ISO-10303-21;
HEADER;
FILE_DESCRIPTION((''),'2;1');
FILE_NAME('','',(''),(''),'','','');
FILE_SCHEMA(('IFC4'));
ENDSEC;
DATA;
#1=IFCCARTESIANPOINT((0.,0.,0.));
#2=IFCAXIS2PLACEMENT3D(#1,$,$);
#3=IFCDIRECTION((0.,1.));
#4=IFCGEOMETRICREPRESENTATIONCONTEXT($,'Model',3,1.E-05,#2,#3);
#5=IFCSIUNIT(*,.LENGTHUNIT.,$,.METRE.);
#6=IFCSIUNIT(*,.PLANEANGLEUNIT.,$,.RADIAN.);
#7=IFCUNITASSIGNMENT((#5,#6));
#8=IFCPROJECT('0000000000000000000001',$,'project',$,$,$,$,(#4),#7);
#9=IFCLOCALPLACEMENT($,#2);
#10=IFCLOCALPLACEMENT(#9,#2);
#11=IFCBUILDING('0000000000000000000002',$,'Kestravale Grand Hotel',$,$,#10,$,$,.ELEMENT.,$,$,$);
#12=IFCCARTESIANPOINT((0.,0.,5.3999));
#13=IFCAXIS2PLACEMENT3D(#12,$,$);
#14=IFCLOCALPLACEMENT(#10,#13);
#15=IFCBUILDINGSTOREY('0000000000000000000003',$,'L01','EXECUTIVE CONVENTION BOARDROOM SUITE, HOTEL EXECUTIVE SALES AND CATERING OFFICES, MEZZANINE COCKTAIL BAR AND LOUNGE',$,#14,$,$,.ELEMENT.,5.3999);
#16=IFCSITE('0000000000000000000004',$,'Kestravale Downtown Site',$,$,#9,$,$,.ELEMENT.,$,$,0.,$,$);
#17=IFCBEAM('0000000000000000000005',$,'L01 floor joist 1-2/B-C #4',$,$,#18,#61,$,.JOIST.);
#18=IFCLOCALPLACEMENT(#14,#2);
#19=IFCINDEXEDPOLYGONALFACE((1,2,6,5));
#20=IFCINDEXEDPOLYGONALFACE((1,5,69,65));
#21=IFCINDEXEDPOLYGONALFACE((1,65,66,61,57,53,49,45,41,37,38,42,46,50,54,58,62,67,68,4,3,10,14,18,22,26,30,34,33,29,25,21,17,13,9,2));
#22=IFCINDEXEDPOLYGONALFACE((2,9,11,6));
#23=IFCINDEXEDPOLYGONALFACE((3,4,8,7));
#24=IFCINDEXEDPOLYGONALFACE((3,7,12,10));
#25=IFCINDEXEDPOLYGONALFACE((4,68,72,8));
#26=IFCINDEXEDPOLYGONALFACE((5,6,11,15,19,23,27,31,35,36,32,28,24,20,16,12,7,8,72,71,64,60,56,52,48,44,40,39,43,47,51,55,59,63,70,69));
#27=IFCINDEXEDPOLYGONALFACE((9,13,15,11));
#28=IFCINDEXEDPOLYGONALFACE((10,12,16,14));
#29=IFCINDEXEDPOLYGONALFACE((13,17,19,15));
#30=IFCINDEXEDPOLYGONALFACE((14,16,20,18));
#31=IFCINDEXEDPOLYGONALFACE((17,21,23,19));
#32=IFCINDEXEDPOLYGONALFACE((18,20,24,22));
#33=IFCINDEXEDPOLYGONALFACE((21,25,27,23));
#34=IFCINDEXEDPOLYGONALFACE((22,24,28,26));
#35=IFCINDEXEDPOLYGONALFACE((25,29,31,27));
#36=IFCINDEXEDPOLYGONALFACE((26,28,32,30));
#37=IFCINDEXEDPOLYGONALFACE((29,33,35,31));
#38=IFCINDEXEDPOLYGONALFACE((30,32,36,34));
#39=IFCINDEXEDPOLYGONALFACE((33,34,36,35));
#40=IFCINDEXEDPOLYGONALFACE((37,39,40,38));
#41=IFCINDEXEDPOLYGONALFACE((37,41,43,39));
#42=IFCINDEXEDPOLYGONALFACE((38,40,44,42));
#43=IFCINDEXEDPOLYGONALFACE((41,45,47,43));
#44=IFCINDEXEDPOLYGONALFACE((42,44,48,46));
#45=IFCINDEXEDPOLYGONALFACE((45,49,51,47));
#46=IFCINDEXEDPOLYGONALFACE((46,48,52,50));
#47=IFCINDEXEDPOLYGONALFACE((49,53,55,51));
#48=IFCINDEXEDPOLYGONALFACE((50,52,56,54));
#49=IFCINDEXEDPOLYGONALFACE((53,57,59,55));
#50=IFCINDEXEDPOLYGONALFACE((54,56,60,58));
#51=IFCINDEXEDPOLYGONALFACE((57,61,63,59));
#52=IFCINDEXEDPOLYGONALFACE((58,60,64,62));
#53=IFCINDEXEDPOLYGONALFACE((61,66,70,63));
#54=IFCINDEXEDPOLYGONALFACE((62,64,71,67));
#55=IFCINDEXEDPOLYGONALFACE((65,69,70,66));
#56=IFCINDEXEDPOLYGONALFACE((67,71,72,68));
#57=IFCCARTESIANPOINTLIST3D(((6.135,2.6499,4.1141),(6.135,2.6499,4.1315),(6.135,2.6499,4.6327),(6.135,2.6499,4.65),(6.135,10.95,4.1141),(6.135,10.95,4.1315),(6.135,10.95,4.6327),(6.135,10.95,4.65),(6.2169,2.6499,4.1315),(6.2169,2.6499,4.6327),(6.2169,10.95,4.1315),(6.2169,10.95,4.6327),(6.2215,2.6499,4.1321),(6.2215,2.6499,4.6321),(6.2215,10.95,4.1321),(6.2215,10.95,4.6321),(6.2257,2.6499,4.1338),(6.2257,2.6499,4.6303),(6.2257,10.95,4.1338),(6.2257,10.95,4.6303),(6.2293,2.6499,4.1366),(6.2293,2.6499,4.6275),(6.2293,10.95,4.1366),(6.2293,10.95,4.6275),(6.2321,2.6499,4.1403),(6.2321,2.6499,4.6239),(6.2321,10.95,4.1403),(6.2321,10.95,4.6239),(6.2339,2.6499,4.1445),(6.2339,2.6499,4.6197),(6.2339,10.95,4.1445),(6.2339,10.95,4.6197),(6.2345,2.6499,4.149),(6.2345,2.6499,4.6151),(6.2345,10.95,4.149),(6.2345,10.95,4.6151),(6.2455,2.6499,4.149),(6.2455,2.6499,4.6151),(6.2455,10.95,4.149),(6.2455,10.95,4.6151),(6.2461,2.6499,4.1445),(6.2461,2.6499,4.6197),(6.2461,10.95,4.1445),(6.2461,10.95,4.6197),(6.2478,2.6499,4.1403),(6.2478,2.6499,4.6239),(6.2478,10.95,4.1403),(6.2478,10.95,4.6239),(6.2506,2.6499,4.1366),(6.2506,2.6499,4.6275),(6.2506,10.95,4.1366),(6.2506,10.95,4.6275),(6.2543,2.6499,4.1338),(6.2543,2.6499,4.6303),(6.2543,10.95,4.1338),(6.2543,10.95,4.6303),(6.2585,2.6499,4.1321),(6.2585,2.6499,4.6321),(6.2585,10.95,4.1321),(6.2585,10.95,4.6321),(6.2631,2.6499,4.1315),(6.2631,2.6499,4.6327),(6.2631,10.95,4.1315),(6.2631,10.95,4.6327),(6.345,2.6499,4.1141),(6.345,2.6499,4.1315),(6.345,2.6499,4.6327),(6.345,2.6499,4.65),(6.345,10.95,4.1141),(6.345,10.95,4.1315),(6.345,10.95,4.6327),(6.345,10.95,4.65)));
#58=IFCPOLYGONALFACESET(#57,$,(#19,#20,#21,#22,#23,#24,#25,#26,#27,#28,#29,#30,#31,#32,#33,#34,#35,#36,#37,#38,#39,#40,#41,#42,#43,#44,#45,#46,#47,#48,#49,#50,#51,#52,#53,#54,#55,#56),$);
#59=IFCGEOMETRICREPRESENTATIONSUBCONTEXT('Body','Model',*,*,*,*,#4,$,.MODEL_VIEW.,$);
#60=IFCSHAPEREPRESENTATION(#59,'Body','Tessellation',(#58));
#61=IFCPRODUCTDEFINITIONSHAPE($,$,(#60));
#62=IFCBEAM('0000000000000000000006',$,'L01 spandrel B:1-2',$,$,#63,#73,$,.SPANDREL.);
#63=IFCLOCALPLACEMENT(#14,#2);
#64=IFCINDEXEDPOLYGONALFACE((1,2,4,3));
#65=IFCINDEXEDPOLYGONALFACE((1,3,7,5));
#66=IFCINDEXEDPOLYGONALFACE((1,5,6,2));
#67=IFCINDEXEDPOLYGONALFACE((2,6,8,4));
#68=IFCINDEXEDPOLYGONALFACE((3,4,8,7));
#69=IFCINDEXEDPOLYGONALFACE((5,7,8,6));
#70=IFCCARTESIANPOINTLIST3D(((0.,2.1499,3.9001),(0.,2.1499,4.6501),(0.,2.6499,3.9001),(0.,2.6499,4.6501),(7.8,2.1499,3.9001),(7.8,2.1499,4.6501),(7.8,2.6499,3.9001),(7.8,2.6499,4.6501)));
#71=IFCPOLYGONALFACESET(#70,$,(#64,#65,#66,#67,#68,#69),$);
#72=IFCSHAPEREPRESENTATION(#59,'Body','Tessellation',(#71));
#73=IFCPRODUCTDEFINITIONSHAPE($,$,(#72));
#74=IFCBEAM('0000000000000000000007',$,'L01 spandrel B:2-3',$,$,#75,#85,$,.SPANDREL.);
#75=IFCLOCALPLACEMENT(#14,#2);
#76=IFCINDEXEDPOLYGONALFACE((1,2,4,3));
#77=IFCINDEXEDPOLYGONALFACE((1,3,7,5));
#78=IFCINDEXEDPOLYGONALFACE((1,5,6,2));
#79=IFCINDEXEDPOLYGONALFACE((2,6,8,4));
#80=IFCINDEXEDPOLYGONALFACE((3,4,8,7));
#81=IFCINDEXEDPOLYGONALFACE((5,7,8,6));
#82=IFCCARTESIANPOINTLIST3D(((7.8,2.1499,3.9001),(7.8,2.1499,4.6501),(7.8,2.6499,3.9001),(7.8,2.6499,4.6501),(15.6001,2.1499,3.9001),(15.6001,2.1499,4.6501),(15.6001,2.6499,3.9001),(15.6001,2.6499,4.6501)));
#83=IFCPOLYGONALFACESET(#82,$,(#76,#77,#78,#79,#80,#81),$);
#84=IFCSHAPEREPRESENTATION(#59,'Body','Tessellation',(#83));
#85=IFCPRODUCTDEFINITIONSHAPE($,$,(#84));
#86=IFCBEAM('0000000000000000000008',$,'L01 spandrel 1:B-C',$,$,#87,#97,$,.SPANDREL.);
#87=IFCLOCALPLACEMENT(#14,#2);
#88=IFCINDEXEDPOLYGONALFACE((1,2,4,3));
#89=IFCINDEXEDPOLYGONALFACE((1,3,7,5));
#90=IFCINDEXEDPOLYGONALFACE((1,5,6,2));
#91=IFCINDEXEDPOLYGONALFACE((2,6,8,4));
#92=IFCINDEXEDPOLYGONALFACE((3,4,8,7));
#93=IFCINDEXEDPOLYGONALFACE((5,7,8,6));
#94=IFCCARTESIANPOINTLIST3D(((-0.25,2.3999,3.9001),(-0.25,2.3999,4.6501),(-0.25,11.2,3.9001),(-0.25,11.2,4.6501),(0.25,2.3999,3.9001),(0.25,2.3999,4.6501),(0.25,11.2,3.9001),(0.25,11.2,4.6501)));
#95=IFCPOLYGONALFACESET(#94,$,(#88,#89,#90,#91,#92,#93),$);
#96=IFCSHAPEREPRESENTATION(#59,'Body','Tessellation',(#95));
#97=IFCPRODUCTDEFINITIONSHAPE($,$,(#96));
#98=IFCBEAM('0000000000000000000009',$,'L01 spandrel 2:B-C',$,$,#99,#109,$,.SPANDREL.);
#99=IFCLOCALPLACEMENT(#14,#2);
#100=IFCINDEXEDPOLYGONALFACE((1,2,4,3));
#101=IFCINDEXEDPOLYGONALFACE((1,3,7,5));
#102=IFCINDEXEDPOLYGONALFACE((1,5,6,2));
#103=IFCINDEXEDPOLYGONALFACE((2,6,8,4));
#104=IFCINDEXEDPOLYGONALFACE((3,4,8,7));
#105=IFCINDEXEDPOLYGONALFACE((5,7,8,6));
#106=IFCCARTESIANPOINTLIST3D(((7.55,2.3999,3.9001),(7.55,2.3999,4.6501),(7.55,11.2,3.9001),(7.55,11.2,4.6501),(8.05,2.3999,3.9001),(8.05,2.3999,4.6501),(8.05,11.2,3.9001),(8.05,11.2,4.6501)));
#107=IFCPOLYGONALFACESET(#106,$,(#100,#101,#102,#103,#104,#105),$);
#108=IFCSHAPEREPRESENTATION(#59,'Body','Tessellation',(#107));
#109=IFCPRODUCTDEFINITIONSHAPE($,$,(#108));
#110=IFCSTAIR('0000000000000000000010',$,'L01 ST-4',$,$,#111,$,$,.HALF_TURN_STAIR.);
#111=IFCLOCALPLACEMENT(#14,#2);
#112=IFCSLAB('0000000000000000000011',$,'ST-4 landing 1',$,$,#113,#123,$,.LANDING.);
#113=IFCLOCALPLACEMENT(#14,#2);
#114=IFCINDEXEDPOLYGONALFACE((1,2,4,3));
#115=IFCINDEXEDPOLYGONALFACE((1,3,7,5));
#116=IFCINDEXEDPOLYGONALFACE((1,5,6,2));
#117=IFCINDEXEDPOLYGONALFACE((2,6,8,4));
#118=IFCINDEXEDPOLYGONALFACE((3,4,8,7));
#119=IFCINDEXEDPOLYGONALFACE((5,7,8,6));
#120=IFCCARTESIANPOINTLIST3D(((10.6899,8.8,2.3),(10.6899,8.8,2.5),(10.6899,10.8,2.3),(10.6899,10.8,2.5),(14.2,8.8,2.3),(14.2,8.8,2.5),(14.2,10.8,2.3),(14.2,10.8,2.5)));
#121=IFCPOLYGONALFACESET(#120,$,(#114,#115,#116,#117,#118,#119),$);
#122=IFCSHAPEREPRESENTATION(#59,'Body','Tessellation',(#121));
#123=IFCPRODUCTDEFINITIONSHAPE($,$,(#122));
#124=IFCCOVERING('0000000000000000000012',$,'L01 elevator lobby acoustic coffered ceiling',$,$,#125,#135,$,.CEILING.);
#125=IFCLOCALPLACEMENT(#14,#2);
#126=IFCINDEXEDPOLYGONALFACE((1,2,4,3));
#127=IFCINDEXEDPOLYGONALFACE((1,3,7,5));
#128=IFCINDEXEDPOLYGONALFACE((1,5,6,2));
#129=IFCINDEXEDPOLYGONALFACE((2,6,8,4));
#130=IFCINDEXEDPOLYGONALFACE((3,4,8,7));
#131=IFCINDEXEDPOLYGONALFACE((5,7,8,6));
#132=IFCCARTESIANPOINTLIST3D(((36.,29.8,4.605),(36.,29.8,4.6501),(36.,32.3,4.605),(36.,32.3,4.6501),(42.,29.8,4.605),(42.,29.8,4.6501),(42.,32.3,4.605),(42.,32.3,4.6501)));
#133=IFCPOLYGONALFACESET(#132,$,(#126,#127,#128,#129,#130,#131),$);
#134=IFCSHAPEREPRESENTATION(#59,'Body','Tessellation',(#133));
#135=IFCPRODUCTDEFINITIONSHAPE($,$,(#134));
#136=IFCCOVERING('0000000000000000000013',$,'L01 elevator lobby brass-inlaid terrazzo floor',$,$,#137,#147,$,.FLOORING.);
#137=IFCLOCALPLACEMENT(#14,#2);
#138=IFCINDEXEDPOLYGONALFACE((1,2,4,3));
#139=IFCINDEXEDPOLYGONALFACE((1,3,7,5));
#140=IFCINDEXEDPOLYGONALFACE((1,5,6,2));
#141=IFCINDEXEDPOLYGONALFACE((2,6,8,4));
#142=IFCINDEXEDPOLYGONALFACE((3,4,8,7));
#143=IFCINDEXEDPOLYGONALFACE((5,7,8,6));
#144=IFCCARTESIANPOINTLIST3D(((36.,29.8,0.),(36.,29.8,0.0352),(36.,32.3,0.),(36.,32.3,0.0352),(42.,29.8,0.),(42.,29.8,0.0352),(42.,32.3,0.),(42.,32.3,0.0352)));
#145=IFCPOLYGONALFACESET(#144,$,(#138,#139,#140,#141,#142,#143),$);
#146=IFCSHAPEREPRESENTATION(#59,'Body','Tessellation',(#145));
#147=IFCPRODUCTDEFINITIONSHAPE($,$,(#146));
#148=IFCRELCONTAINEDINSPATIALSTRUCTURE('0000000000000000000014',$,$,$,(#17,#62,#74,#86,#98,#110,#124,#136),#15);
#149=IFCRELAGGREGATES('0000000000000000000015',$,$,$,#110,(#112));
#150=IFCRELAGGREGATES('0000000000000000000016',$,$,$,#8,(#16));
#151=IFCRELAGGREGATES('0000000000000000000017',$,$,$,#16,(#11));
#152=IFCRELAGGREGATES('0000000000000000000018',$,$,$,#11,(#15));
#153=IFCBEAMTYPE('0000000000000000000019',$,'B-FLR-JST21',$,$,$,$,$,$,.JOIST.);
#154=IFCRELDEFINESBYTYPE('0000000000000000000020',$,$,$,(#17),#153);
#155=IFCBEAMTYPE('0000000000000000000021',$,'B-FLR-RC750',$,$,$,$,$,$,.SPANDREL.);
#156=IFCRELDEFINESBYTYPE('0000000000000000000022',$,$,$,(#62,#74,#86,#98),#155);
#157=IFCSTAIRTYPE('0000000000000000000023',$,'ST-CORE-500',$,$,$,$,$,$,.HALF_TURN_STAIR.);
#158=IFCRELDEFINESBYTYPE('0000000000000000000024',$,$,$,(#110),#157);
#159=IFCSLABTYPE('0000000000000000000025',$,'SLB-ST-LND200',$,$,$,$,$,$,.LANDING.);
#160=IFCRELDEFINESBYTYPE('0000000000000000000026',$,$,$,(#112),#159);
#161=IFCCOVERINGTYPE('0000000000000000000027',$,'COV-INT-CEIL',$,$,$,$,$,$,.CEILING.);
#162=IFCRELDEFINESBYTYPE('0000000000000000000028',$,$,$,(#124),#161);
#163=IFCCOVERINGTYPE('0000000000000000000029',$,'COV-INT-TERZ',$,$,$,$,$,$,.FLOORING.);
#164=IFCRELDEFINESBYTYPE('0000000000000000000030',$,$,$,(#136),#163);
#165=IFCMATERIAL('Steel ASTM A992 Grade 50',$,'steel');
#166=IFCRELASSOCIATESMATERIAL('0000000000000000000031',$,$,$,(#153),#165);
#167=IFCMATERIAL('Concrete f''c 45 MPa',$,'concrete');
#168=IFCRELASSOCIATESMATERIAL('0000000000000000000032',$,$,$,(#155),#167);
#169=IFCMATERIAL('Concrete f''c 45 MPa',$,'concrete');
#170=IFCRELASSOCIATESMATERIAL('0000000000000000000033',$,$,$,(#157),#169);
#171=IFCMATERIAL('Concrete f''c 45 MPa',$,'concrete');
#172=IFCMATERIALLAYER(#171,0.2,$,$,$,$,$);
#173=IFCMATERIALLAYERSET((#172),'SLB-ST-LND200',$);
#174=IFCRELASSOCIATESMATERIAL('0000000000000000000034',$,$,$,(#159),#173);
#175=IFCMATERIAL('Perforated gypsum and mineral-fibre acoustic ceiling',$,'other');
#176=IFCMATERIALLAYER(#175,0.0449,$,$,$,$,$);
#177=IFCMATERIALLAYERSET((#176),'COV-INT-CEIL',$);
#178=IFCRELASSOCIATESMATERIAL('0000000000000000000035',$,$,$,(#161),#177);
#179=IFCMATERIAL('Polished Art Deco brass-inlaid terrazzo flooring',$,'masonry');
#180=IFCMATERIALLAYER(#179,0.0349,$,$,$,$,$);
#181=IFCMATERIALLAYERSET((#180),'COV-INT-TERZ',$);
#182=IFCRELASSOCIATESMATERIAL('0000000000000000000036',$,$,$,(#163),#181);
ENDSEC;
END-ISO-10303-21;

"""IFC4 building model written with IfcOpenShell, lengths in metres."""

from ifc_helpers import new_model, si_unit, direction, frame, origin, origin_2d, place, context, subcontext, project, spatial, polyline, rectangle, i_section, outline, extrude, material, layer, layer_set, material_profile, profile_set, type_object, element, aggregate, save


model = new_model("IFC4")

# Units and contexts
model_context = context("Model", 3, precision=1e-05, world=origin(), true_north=direction((0.0, 1.0)))
body_context = subcontext(model_context, "Body", "Model", "MODEL_VIEW")
ifc_project = project(units=[si_unit("LENGTHUNIT", "METRE"), si_unit("PLANEANGLEUNIT", "RADIAN")], contexts=[model_context])

# Site, building, storey
site_placement = place(None, origin())
site = spatial("IfcSite", under=ifc_project, at=site_placement, Name="Kestravale Downtown Site", CompositionType="ELEMENT", RefElevation=0.0)
building_placement = place(site_placement, origin())
building = spatial("IfcBuilding", under=site, at=building_placement, Name="Kestravale Grand Hotel", CompositionType="ELEMENT")
storey_placement = place(building_placement, frame((0.0, 0.0, 5.3999)))
storey = spatial("IfcBuildingStorey", under=building, at=storey_placement, Name="L01", Description="EXECUTIVE CONVENTION BOARDROOM SUITE, HOTEL EXECUTIVE SALES AND CATERING OFFICES, MEZZANINE COCKTAIL BAR AND LOUNGE", CompositionType="ELEMENT", Elevation=5.3999)

# Beams
ifc_material_1 = material(Name="Steel ASTM A992 Grade 50", Category="steel")
ifc_material_profile_1 = material_profile(ifc_material_1, i_section(OverallWidth=0.21, OverallDepth=0.5359, WebThickness=0.011, FlangeThickness=0.0173, FilletRadius=0.0176, at=origin_2d()))
ifc_profile_set_1 = profile_set([ifc_material_profile_1], Name="Steel ASTM A992 Grade 50")
beam_type_1 = type_object("IfcBeamType", Name="B-FLR-JST21", PredefinedType="JOIST", material=ifc_profile_set_1)
for number, where, z_axis, x_axis, name in (
    (1, (6.24, 2.6499, 4.3821), (0.0, 1.0, 0.0), (-1.0, 0.0, 0.0), "L01 floor joist 1-2/B-C #4"),
):
    element("IfcBeam", number, at=place(storey_placement, frame(where, z_axis=z_axis, x_axis=x_axis)), inside=storey, type_object=beam_type_1, Name=name, PredefinedType="JOIST", context=body_context, shape_type="SweptSolid", body=[
        extrude(i_section(OverallWidth=0.21, OverallDepth=0.5359, WebThickness=0.011, FlangeThickness=0.0173, FilletRadius=0.0176, at=origin_2d()), origin(), (0.0, 0.0, 1.0), 8.3),
    ])
ifc_material_2 = material(Name="Concrete f'c 45 MPa", Category="concrete")
ifc_material_profile_2 = material_profile(ifc_material_2, rectangle(XDim=0.5, YDim=0.75, at=origin_2d()))
ifc_profile_set_2 = profile_set([ifc_material_profile_2], Name="Concrete f'c 45 MPa")
beam_type_2 = type_object("IfcBeamType", Name="B-FLR-RC750", PredefinedType="SPANDREL", material=ifc_profile_set_2)
for number, where, z_axis, x_axis, name in (
    (2, (0.0, 2.3999, 4.2751), (1.0, 0.0, 0.0), (0.0, 1.0, 0.0), "L01 spandrel B:1-2"),
    (3, (7.8, 2.3999, 4.2751), (1.0, 0.0, 0.0), (0.0, 1.0, 0.0), "L01 spandrel B:2-3"),
):
    element("IfcBeam", number, at=place(storey_placement, frame(where, z_axis=z_axis, x_axis=x_axis)), inside=storey, type_object=beam_type_2, Name=name, PredefinedType="SPANDREL", context=body_context, shape_type="SweptSolid", body=[
        extrude(rectangle(XDim=0.5, YDim=0.75, at=origin_2d()), origin(), (0.0, 0.0, 1.0), 7.8),
    ])
for number, where, z_axis, x_axis, name in (
    (4, (0.0, 2.3999, 4.2751), (0.0, 1.0, 0.0), (-1.0, 0.0, 0.0), "L01 spandrel 1:B-C"),
    (5, (7.8, 2.3999, 4.2751), (0.0, 1.0, 0.0), (-1.0, 0.0, 0.0), "L01 spandrel 2:B-C"),
):
    element("IfcBeam", number, at=place(storey_placement, frame(where, z_axis=z_axis, x_axis=x_axis)), inside=storey, type_object=beam_type_2, Name=name, PredefinedType="SPANDREL", context=body_context, shape_type="SweptSolid", body=[
        extrude(rectangle(XDim=0.5, YDim=0.75, at=origin_2d()), origin(), (0.0, 0.0, 1.0), 8.8),
    ])

# Stair, slab
ifc_material_3 = material(Name="Concrete f'c 45 MPa", Category="concrete")
stair_type = type_object("IfcStairType", Name="ST-CORE-500", PredefinedType="HALF_TURN_STAIR", material=ifc_material_3)
stair_placement = place(storey_placement, origin())
stair = element("IfcStair", 6, at=stair_placement, inside=storey, type_object=stair_type, Name="L01 ST-4", PredefinedType="HALF_TURN_STAIR")
ifc_material_4 = material(Name="Concrete f'c 45 MPa", Category="concrete")
ifc_layer_1 = layer(ifc_material_4, 0.2)
ifc_layer_set_1 = layer_set([ifc_layer_1], Name="SLB-ST-LND200")
slab_type = type_object("IfcSlabType", Name="SLB-ST-LND200", PredefinedType="LANDING", material=ifc_layer_set_1)
slab_placement = place(storey_placement, frame((0.0, 0.0, 2.3)))
slab = element("IfcSlab", 7, at=slab_placement, type_object=slab_type, Name="ST-4 landing 1", PredefinedType="LANDING", context=body_context, shape_type="SweptSolid", body=[
    extrude(outline(polyline([(14.2, 8.8), (14.2, 10.8), (10.6899, 10.8), (10.6899, 8.8), (14.2, 8.8)])), origin(), (0.0, 0.0, 1.0), 0.2),
])
aggregate(stair, [slab])

# Coverings
ifc_material_5 = material(Name="Perforated gypsum and mineral-fibre acoustic ceiling", Category="other")
ifc_layer_2 = layer(ifc_material_5, 0.0449)
ifc_layer_set_2 = layer_set([ifc_layer_2], Name="COV-INT-CEIL")
covering_type_1 = type_object("IfcCoveringType", Name="COV-INT-CEIL", PredefinedType="CEILING", material=ifc_layer_set_2)
covering_1_placement = place(storey_placement, frame((0.0, 0.0, 4.605)))
element("IfcCovering", 8, at=covering_1_placement, inside=storey, type_object=covering_type_1, Name="L01 elevator lobby acoustic coffered ceiling", PredefinedType="CEILING", context=body_context, shape_type="SweptSolid", body=[
    extrude(outline(polyline([(36.0, 29.8), (42.0, 29.8), (42.0, 32.3), (36.0, 32.3), (36.0, 29.8)])), origin(), (0.0, 0.0, 1.0), 0.0452),
])
ifc_material_6 = material(Name="Polished Art Deco brass-inlaid terrazzo flooring", Category="masonry")
ifc_layer_3 = layer(ifc_material_6, 0.0349)
ifc_layer_set_3 = layer_set([ifc_layer_3], Name="COV-INT-TERZ")
covering_type_2 = type_object("IfcCoveringType", Name="COV-INT-TERZ", PredefinedType="FLOORING", material=ifc_layer_set_3)
covering_2_placement = place(storey_placement, origin())
element("IfcCovering", 9, at=covering_2_placement, inside=storey, type_object=covering_type_2, Name="L01 elevator lobby brass-inlaid terrazzo floor", PredefinedType="FLOORING", context=body_context, shape_type="SweptSolid", body=[
    extrude(outline(polyline([(36.0, 29.8), (42.0, 29.8), (42.0, 32.3), (36.0, 32.3), (36.0, 29.8)])), origin(), (0.0, 0.0, 1.0), 0.0352),
])

save(model, "model.ifc")
